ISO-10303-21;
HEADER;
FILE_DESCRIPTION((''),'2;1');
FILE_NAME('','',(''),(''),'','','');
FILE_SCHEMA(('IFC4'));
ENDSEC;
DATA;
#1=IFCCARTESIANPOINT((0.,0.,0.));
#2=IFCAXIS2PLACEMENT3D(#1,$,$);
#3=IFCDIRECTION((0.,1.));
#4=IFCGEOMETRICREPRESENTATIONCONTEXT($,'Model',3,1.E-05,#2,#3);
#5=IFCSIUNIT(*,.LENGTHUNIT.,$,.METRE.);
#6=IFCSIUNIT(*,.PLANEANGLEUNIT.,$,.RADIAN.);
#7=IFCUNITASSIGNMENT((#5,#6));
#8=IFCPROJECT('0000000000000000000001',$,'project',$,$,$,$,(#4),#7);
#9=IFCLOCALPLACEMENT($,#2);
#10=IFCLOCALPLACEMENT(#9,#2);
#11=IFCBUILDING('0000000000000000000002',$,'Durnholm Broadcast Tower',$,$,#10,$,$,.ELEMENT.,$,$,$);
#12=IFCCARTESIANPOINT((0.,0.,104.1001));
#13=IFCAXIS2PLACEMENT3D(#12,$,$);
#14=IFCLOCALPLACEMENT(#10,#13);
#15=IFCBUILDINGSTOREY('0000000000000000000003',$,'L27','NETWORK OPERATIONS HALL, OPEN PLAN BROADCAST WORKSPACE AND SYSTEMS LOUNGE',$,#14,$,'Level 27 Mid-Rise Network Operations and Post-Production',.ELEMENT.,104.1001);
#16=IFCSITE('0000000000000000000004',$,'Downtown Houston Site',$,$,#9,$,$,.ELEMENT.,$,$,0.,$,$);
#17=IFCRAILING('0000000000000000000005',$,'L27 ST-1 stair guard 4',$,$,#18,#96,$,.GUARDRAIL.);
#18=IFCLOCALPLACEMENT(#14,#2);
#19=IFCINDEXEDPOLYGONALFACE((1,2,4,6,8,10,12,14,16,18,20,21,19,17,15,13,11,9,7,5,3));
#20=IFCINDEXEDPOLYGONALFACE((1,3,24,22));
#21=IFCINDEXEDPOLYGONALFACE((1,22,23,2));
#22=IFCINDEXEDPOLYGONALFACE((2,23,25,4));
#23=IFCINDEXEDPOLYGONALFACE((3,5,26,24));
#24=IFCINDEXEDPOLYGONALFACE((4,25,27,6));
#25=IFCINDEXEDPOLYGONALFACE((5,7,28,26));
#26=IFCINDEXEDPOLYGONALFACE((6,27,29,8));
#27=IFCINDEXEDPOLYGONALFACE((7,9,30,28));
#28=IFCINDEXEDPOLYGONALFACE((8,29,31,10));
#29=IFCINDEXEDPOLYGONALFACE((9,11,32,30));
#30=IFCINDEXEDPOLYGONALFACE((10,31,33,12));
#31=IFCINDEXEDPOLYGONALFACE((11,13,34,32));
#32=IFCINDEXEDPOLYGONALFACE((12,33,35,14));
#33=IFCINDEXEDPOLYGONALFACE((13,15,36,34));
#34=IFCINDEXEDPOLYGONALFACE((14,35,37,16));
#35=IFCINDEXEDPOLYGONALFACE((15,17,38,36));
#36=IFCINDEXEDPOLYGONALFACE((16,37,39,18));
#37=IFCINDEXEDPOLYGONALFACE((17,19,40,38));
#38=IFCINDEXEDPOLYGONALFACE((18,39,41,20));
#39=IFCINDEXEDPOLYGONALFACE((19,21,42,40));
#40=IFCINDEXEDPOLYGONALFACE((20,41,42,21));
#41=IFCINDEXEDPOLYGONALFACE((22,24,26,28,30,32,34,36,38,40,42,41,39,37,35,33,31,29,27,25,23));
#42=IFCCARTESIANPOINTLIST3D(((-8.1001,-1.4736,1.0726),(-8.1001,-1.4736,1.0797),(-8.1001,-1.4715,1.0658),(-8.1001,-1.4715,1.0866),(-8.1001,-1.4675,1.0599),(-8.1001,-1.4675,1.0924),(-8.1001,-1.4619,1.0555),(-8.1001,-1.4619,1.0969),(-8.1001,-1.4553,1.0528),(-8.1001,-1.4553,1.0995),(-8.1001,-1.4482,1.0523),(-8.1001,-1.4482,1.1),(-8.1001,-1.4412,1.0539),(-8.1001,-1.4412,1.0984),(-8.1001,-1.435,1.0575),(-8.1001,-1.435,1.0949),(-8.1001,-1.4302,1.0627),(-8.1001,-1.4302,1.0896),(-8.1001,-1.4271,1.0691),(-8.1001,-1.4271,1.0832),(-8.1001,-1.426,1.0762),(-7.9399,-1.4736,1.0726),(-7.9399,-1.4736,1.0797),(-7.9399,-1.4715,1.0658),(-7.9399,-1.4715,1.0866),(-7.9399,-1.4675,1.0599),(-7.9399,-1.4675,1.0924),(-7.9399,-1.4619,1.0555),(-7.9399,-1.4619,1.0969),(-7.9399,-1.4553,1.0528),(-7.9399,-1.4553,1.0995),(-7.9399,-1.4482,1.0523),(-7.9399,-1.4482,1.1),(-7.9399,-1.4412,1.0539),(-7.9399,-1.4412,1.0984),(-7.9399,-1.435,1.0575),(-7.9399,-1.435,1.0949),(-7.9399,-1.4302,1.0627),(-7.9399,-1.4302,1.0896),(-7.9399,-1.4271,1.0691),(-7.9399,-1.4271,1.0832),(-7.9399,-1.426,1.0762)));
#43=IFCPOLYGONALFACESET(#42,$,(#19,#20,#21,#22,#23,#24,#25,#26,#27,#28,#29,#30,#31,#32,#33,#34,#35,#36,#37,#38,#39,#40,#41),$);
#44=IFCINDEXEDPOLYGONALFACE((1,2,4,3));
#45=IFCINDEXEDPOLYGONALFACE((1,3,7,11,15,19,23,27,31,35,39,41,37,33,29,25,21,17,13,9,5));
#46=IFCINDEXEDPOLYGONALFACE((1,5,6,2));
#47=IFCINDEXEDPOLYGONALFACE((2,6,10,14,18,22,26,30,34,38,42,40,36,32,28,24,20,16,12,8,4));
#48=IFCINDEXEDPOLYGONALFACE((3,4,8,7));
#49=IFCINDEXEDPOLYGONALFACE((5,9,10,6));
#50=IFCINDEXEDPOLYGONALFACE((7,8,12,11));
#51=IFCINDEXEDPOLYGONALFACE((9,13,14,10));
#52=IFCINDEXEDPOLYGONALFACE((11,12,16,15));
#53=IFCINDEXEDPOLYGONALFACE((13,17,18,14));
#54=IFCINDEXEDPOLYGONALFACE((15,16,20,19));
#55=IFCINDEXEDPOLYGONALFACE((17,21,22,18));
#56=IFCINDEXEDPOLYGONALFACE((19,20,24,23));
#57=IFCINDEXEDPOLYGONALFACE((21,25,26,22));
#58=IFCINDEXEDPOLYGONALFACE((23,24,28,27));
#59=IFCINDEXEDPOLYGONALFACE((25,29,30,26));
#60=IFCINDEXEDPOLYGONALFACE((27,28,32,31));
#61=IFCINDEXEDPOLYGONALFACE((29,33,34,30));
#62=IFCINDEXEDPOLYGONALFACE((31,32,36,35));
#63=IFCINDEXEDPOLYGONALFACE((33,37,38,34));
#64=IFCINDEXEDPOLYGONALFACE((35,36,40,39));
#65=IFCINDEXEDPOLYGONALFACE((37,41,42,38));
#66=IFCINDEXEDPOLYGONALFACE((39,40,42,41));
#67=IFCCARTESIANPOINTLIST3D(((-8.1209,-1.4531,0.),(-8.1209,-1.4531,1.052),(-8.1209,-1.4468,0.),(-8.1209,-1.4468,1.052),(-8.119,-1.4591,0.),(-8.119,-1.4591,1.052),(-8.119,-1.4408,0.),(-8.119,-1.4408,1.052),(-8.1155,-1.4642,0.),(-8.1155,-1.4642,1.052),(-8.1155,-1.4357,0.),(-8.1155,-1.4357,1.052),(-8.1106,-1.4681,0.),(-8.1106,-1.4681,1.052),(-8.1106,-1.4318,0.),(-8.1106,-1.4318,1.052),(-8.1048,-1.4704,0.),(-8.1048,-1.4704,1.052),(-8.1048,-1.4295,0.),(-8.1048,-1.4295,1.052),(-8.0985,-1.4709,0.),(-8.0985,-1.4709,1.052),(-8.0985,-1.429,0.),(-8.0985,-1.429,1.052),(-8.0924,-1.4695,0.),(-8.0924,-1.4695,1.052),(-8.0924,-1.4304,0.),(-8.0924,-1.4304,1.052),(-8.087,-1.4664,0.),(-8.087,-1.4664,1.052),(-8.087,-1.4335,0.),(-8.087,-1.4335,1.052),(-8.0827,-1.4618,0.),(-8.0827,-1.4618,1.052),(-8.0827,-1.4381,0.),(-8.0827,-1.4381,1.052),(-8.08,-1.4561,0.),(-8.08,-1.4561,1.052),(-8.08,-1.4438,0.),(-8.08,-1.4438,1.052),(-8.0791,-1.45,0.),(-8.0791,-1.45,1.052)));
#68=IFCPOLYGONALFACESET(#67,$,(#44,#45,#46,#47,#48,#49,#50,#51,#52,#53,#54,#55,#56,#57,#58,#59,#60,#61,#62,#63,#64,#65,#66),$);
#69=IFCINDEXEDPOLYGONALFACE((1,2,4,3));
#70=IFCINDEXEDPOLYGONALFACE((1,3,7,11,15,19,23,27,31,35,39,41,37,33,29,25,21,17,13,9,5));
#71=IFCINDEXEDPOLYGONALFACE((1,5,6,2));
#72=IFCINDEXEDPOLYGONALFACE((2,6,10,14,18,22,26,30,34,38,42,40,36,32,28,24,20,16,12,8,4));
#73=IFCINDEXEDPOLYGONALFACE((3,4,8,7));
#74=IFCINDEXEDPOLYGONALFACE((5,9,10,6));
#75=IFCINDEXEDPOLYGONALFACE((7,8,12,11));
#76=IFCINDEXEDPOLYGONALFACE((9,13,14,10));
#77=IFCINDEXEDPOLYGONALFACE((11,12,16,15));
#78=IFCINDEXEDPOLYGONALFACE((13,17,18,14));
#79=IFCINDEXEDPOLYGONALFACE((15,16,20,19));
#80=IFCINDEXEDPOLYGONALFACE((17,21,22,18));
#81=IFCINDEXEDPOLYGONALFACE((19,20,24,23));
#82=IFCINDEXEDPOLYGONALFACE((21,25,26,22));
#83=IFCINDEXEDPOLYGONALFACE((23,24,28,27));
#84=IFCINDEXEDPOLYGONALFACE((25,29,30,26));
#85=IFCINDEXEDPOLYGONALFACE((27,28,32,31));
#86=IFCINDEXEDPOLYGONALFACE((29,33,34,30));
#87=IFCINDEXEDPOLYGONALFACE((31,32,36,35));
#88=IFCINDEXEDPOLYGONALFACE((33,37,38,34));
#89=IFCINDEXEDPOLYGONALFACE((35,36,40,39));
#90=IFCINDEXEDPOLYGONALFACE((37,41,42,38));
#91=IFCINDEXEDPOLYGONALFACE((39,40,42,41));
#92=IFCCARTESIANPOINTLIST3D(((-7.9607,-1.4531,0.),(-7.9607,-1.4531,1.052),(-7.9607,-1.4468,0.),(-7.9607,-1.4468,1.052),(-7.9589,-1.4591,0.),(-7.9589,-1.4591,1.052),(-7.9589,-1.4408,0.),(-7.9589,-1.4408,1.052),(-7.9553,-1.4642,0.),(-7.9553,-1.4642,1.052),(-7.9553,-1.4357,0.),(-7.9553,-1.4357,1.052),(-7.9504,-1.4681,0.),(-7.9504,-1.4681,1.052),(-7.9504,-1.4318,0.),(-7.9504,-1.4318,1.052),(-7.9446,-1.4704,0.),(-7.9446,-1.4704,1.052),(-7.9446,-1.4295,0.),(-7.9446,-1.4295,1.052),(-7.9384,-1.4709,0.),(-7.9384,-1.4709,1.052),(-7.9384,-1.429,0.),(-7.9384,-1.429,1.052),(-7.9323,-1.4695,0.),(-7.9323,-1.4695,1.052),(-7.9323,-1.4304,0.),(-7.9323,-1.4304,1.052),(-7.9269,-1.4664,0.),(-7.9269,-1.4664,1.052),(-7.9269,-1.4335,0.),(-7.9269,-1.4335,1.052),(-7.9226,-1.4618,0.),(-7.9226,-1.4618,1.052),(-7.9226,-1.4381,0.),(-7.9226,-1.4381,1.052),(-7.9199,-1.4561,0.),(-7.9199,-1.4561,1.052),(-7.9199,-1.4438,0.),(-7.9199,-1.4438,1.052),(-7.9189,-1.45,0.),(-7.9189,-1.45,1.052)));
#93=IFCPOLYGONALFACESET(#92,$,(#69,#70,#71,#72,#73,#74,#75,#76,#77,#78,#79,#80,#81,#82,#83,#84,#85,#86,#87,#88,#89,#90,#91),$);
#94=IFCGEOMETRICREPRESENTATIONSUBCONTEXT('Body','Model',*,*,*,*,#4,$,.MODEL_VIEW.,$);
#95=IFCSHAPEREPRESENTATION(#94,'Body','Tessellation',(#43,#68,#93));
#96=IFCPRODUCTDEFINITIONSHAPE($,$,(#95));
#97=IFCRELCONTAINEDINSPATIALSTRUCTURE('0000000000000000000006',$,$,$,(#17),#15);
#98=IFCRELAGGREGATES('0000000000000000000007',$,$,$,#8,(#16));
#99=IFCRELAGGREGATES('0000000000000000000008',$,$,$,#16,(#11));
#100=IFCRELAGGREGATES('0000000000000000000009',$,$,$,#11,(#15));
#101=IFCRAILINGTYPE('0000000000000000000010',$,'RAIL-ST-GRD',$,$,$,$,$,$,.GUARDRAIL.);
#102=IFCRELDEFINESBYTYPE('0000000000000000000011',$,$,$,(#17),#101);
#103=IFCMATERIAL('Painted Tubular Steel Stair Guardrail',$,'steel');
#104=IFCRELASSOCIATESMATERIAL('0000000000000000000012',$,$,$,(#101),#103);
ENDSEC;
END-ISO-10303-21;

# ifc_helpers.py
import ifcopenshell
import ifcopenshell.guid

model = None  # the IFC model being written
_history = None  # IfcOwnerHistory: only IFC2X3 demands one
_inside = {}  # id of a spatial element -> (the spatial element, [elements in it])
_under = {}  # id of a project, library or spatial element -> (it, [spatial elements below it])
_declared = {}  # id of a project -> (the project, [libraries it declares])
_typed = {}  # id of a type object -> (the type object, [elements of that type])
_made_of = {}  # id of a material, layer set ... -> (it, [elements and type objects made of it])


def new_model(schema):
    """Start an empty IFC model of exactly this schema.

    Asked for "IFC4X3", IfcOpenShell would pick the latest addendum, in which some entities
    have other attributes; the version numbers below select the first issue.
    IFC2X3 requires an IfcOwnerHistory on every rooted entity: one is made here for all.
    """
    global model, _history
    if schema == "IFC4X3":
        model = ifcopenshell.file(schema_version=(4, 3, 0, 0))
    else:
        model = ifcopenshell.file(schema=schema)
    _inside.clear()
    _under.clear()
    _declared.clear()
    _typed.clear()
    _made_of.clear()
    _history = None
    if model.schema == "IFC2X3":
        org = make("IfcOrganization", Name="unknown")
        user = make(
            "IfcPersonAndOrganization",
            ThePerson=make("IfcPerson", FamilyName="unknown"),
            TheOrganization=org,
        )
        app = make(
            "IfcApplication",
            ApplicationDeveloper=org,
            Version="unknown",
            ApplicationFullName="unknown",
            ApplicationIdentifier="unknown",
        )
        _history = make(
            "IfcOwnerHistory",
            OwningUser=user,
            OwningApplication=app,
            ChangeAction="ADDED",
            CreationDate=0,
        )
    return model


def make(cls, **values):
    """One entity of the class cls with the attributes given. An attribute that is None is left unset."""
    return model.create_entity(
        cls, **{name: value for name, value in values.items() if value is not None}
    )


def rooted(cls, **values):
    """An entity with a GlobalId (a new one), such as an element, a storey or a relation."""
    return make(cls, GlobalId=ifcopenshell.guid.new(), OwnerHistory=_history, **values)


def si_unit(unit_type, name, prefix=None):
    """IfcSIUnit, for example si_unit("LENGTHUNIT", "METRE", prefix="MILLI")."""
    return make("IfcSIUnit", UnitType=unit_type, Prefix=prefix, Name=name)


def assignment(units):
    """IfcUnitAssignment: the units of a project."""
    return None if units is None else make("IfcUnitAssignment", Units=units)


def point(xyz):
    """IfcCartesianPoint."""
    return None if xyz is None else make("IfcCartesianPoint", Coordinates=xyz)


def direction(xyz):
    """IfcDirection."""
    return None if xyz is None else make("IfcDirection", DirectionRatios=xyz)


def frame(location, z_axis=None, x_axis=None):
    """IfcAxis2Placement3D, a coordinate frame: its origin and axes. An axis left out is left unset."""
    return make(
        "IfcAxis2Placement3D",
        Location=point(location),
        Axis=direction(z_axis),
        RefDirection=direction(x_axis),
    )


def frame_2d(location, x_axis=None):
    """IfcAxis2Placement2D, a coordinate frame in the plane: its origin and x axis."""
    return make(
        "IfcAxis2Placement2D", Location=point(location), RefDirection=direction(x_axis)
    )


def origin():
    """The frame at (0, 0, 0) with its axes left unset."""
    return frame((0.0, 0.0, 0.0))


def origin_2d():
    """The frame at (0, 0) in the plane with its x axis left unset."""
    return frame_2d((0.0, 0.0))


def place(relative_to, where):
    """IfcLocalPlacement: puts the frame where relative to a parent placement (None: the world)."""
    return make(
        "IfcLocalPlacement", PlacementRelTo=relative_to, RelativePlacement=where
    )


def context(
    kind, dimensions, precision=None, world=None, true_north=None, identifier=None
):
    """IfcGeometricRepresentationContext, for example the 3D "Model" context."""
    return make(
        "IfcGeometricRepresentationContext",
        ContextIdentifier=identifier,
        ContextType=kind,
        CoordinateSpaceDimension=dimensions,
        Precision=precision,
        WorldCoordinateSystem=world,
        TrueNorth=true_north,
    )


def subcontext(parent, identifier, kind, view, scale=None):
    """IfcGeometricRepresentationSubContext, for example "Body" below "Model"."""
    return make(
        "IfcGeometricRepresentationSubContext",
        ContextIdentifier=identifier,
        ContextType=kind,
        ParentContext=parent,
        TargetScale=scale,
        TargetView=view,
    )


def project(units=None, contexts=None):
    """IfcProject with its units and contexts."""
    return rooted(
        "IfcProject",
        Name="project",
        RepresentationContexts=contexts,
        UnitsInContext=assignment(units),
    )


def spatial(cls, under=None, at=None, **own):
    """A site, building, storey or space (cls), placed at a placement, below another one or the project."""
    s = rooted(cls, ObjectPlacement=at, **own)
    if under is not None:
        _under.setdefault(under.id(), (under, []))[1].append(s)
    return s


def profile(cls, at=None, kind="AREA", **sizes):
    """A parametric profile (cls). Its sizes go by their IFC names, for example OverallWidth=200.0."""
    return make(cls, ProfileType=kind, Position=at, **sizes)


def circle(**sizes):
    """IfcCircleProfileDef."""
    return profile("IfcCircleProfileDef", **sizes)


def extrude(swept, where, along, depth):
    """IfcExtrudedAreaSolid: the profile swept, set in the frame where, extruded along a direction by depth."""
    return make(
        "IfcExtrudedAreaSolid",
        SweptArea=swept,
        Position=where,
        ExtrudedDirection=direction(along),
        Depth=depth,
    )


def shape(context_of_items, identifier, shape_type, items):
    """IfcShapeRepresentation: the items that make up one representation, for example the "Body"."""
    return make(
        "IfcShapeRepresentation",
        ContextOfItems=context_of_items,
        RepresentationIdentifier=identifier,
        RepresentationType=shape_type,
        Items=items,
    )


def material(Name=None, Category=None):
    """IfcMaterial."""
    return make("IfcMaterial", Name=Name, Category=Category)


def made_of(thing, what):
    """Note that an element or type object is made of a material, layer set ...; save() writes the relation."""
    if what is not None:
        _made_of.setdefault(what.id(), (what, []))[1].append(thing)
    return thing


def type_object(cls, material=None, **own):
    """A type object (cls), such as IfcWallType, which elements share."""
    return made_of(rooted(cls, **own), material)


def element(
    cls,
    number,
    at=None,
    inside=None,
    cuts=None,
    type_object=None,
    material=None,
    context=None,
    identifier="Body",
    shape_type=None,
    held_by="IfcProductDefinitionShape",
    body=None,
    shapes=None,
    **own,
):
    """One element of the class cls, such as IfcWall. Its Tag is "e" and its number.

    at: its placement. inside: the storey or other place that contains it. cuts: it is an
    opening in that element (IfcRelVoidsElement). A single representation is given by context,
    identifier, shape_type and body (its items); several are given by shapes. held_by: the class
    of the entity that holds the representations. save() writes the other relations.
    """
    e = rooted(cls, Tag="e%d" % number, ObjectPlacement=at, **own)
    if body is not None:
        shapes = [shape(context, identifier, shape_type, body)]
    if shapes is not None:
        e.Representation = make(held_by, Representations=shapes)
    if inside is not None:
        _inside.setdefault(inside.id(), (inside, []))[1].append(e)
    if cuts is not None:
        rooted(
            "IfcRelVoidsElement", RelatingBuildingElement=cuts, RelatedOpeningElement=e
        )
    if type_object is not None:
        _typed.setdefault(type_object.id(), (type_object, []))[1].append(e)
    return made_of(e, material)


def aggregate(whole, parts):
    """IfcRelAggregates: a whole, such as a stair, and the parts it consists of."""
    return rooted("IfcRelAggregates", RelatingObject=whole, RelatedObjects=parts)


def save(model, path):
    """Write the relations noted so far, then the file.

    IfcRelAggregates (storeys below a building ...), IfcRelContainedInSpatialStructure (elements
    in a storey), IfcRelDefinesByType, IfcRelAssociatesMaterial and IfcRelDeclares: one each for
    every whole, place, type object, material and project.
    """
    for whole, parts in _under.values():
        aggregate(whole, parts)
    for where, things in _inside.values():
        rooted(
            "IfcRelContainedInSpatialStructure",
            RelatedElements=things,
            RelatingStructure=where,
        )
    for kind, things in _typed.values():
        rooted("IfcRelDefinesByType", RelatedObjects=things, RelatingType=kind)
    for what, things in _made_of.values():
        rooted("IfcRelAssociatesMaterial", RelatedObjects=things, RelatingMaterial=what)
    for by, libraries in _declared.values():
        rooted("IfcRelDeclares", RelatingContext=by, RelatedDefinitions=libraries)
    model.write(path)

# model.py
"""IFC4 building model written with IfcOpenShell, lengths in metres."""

from ifc_helpers import new_model, si_unit, direction, frame, origin, origin_2d, place, context, subcontext, project, spatial, circle, extrude, material, type_object, element, save


model = new_model("IFC4")

# Units and contexts
model_context = context("Model", 3, precision=1e-05, world=origin(), true_north=direction((0.0, 1.0)))
body_context = subcontext(model_context, "Body", "Model", "MODEL_VIEW")
ifc_project = project(units=[si_unit("LENGTHUNIT", "METRE"), si_unit("PLANEANGLEUNIT", "RADIAN")], contexts=[model_context])

# Site, building, storey
site_placement = place(None, origin())
site = spatial("IfcSite", under=ifc_project, at=site_placement, Name="Downtown Houston Site", CompositionType="ELEMENT", RefElevation=0.0)
building_placement = place(site_placement, origin())
building = spatial("IfcBuilding", under=site, at=building_placement, Name="Durnholm Broadcast Tower", CompositionType="ELEMENT")
storey_placement = place(building_placement, frame((0.0, 0.0, 104.1001)))
storey = spatial("IfcBuildingStorey", under=building, at=storey_placement, Name="L27", Description="NETWORK OPERATIONS HALL, OPEN PLAN BROADCAST WORKSPACE AND SYSTEMS LOUNGE", LongName="Level 27 Mid-Rise Network Operations and Post-Production", CompositionType="ELEMENT", Elevation=104.1001)

# Railing
ifc_material_1 = material(Name="Painted Tubular Steel Stair Guardrail", Category="steel")
railing_type_1 = type_object("IfcRailingType", Name="RAIL-ST-GRD", PredefinedType="GUARDRAIL", material=ifc_material_1)
railing_1_placement = place(storey_placement, frame((-8.1001, -1.45, 0.0)))
element("IfcRailing", 1, at=railing_1_placement, inside=storey, type_object=railing_type_1, Name="L27 ST-1 stair guard 4", PredefinedType="GUARDRAIL", context=body_context, shape_type="SweptSolid", body=[
    extrude(circle(Radius=0.0239, at=origin_2d()), frame((0.0, 0.0, 1.0762), z_axis=(1.0, 0.0, 0.0), x_axis=(0.0, 1.0, 0.0)), (0.0, 0.0, 1.0), 0.1602),
    extrude(circle(Radius=0.021, at=origin_2d()), origin(), (0.0, 0.0, 1.0), 1.052),
    extrude(circle(Radius=0.021, at=origin_2d()), frame((0.1602, 0.0, 0.0)), (0.0, 0.0, 1.0), 1.052),
])

save(model, "model.ifc")
